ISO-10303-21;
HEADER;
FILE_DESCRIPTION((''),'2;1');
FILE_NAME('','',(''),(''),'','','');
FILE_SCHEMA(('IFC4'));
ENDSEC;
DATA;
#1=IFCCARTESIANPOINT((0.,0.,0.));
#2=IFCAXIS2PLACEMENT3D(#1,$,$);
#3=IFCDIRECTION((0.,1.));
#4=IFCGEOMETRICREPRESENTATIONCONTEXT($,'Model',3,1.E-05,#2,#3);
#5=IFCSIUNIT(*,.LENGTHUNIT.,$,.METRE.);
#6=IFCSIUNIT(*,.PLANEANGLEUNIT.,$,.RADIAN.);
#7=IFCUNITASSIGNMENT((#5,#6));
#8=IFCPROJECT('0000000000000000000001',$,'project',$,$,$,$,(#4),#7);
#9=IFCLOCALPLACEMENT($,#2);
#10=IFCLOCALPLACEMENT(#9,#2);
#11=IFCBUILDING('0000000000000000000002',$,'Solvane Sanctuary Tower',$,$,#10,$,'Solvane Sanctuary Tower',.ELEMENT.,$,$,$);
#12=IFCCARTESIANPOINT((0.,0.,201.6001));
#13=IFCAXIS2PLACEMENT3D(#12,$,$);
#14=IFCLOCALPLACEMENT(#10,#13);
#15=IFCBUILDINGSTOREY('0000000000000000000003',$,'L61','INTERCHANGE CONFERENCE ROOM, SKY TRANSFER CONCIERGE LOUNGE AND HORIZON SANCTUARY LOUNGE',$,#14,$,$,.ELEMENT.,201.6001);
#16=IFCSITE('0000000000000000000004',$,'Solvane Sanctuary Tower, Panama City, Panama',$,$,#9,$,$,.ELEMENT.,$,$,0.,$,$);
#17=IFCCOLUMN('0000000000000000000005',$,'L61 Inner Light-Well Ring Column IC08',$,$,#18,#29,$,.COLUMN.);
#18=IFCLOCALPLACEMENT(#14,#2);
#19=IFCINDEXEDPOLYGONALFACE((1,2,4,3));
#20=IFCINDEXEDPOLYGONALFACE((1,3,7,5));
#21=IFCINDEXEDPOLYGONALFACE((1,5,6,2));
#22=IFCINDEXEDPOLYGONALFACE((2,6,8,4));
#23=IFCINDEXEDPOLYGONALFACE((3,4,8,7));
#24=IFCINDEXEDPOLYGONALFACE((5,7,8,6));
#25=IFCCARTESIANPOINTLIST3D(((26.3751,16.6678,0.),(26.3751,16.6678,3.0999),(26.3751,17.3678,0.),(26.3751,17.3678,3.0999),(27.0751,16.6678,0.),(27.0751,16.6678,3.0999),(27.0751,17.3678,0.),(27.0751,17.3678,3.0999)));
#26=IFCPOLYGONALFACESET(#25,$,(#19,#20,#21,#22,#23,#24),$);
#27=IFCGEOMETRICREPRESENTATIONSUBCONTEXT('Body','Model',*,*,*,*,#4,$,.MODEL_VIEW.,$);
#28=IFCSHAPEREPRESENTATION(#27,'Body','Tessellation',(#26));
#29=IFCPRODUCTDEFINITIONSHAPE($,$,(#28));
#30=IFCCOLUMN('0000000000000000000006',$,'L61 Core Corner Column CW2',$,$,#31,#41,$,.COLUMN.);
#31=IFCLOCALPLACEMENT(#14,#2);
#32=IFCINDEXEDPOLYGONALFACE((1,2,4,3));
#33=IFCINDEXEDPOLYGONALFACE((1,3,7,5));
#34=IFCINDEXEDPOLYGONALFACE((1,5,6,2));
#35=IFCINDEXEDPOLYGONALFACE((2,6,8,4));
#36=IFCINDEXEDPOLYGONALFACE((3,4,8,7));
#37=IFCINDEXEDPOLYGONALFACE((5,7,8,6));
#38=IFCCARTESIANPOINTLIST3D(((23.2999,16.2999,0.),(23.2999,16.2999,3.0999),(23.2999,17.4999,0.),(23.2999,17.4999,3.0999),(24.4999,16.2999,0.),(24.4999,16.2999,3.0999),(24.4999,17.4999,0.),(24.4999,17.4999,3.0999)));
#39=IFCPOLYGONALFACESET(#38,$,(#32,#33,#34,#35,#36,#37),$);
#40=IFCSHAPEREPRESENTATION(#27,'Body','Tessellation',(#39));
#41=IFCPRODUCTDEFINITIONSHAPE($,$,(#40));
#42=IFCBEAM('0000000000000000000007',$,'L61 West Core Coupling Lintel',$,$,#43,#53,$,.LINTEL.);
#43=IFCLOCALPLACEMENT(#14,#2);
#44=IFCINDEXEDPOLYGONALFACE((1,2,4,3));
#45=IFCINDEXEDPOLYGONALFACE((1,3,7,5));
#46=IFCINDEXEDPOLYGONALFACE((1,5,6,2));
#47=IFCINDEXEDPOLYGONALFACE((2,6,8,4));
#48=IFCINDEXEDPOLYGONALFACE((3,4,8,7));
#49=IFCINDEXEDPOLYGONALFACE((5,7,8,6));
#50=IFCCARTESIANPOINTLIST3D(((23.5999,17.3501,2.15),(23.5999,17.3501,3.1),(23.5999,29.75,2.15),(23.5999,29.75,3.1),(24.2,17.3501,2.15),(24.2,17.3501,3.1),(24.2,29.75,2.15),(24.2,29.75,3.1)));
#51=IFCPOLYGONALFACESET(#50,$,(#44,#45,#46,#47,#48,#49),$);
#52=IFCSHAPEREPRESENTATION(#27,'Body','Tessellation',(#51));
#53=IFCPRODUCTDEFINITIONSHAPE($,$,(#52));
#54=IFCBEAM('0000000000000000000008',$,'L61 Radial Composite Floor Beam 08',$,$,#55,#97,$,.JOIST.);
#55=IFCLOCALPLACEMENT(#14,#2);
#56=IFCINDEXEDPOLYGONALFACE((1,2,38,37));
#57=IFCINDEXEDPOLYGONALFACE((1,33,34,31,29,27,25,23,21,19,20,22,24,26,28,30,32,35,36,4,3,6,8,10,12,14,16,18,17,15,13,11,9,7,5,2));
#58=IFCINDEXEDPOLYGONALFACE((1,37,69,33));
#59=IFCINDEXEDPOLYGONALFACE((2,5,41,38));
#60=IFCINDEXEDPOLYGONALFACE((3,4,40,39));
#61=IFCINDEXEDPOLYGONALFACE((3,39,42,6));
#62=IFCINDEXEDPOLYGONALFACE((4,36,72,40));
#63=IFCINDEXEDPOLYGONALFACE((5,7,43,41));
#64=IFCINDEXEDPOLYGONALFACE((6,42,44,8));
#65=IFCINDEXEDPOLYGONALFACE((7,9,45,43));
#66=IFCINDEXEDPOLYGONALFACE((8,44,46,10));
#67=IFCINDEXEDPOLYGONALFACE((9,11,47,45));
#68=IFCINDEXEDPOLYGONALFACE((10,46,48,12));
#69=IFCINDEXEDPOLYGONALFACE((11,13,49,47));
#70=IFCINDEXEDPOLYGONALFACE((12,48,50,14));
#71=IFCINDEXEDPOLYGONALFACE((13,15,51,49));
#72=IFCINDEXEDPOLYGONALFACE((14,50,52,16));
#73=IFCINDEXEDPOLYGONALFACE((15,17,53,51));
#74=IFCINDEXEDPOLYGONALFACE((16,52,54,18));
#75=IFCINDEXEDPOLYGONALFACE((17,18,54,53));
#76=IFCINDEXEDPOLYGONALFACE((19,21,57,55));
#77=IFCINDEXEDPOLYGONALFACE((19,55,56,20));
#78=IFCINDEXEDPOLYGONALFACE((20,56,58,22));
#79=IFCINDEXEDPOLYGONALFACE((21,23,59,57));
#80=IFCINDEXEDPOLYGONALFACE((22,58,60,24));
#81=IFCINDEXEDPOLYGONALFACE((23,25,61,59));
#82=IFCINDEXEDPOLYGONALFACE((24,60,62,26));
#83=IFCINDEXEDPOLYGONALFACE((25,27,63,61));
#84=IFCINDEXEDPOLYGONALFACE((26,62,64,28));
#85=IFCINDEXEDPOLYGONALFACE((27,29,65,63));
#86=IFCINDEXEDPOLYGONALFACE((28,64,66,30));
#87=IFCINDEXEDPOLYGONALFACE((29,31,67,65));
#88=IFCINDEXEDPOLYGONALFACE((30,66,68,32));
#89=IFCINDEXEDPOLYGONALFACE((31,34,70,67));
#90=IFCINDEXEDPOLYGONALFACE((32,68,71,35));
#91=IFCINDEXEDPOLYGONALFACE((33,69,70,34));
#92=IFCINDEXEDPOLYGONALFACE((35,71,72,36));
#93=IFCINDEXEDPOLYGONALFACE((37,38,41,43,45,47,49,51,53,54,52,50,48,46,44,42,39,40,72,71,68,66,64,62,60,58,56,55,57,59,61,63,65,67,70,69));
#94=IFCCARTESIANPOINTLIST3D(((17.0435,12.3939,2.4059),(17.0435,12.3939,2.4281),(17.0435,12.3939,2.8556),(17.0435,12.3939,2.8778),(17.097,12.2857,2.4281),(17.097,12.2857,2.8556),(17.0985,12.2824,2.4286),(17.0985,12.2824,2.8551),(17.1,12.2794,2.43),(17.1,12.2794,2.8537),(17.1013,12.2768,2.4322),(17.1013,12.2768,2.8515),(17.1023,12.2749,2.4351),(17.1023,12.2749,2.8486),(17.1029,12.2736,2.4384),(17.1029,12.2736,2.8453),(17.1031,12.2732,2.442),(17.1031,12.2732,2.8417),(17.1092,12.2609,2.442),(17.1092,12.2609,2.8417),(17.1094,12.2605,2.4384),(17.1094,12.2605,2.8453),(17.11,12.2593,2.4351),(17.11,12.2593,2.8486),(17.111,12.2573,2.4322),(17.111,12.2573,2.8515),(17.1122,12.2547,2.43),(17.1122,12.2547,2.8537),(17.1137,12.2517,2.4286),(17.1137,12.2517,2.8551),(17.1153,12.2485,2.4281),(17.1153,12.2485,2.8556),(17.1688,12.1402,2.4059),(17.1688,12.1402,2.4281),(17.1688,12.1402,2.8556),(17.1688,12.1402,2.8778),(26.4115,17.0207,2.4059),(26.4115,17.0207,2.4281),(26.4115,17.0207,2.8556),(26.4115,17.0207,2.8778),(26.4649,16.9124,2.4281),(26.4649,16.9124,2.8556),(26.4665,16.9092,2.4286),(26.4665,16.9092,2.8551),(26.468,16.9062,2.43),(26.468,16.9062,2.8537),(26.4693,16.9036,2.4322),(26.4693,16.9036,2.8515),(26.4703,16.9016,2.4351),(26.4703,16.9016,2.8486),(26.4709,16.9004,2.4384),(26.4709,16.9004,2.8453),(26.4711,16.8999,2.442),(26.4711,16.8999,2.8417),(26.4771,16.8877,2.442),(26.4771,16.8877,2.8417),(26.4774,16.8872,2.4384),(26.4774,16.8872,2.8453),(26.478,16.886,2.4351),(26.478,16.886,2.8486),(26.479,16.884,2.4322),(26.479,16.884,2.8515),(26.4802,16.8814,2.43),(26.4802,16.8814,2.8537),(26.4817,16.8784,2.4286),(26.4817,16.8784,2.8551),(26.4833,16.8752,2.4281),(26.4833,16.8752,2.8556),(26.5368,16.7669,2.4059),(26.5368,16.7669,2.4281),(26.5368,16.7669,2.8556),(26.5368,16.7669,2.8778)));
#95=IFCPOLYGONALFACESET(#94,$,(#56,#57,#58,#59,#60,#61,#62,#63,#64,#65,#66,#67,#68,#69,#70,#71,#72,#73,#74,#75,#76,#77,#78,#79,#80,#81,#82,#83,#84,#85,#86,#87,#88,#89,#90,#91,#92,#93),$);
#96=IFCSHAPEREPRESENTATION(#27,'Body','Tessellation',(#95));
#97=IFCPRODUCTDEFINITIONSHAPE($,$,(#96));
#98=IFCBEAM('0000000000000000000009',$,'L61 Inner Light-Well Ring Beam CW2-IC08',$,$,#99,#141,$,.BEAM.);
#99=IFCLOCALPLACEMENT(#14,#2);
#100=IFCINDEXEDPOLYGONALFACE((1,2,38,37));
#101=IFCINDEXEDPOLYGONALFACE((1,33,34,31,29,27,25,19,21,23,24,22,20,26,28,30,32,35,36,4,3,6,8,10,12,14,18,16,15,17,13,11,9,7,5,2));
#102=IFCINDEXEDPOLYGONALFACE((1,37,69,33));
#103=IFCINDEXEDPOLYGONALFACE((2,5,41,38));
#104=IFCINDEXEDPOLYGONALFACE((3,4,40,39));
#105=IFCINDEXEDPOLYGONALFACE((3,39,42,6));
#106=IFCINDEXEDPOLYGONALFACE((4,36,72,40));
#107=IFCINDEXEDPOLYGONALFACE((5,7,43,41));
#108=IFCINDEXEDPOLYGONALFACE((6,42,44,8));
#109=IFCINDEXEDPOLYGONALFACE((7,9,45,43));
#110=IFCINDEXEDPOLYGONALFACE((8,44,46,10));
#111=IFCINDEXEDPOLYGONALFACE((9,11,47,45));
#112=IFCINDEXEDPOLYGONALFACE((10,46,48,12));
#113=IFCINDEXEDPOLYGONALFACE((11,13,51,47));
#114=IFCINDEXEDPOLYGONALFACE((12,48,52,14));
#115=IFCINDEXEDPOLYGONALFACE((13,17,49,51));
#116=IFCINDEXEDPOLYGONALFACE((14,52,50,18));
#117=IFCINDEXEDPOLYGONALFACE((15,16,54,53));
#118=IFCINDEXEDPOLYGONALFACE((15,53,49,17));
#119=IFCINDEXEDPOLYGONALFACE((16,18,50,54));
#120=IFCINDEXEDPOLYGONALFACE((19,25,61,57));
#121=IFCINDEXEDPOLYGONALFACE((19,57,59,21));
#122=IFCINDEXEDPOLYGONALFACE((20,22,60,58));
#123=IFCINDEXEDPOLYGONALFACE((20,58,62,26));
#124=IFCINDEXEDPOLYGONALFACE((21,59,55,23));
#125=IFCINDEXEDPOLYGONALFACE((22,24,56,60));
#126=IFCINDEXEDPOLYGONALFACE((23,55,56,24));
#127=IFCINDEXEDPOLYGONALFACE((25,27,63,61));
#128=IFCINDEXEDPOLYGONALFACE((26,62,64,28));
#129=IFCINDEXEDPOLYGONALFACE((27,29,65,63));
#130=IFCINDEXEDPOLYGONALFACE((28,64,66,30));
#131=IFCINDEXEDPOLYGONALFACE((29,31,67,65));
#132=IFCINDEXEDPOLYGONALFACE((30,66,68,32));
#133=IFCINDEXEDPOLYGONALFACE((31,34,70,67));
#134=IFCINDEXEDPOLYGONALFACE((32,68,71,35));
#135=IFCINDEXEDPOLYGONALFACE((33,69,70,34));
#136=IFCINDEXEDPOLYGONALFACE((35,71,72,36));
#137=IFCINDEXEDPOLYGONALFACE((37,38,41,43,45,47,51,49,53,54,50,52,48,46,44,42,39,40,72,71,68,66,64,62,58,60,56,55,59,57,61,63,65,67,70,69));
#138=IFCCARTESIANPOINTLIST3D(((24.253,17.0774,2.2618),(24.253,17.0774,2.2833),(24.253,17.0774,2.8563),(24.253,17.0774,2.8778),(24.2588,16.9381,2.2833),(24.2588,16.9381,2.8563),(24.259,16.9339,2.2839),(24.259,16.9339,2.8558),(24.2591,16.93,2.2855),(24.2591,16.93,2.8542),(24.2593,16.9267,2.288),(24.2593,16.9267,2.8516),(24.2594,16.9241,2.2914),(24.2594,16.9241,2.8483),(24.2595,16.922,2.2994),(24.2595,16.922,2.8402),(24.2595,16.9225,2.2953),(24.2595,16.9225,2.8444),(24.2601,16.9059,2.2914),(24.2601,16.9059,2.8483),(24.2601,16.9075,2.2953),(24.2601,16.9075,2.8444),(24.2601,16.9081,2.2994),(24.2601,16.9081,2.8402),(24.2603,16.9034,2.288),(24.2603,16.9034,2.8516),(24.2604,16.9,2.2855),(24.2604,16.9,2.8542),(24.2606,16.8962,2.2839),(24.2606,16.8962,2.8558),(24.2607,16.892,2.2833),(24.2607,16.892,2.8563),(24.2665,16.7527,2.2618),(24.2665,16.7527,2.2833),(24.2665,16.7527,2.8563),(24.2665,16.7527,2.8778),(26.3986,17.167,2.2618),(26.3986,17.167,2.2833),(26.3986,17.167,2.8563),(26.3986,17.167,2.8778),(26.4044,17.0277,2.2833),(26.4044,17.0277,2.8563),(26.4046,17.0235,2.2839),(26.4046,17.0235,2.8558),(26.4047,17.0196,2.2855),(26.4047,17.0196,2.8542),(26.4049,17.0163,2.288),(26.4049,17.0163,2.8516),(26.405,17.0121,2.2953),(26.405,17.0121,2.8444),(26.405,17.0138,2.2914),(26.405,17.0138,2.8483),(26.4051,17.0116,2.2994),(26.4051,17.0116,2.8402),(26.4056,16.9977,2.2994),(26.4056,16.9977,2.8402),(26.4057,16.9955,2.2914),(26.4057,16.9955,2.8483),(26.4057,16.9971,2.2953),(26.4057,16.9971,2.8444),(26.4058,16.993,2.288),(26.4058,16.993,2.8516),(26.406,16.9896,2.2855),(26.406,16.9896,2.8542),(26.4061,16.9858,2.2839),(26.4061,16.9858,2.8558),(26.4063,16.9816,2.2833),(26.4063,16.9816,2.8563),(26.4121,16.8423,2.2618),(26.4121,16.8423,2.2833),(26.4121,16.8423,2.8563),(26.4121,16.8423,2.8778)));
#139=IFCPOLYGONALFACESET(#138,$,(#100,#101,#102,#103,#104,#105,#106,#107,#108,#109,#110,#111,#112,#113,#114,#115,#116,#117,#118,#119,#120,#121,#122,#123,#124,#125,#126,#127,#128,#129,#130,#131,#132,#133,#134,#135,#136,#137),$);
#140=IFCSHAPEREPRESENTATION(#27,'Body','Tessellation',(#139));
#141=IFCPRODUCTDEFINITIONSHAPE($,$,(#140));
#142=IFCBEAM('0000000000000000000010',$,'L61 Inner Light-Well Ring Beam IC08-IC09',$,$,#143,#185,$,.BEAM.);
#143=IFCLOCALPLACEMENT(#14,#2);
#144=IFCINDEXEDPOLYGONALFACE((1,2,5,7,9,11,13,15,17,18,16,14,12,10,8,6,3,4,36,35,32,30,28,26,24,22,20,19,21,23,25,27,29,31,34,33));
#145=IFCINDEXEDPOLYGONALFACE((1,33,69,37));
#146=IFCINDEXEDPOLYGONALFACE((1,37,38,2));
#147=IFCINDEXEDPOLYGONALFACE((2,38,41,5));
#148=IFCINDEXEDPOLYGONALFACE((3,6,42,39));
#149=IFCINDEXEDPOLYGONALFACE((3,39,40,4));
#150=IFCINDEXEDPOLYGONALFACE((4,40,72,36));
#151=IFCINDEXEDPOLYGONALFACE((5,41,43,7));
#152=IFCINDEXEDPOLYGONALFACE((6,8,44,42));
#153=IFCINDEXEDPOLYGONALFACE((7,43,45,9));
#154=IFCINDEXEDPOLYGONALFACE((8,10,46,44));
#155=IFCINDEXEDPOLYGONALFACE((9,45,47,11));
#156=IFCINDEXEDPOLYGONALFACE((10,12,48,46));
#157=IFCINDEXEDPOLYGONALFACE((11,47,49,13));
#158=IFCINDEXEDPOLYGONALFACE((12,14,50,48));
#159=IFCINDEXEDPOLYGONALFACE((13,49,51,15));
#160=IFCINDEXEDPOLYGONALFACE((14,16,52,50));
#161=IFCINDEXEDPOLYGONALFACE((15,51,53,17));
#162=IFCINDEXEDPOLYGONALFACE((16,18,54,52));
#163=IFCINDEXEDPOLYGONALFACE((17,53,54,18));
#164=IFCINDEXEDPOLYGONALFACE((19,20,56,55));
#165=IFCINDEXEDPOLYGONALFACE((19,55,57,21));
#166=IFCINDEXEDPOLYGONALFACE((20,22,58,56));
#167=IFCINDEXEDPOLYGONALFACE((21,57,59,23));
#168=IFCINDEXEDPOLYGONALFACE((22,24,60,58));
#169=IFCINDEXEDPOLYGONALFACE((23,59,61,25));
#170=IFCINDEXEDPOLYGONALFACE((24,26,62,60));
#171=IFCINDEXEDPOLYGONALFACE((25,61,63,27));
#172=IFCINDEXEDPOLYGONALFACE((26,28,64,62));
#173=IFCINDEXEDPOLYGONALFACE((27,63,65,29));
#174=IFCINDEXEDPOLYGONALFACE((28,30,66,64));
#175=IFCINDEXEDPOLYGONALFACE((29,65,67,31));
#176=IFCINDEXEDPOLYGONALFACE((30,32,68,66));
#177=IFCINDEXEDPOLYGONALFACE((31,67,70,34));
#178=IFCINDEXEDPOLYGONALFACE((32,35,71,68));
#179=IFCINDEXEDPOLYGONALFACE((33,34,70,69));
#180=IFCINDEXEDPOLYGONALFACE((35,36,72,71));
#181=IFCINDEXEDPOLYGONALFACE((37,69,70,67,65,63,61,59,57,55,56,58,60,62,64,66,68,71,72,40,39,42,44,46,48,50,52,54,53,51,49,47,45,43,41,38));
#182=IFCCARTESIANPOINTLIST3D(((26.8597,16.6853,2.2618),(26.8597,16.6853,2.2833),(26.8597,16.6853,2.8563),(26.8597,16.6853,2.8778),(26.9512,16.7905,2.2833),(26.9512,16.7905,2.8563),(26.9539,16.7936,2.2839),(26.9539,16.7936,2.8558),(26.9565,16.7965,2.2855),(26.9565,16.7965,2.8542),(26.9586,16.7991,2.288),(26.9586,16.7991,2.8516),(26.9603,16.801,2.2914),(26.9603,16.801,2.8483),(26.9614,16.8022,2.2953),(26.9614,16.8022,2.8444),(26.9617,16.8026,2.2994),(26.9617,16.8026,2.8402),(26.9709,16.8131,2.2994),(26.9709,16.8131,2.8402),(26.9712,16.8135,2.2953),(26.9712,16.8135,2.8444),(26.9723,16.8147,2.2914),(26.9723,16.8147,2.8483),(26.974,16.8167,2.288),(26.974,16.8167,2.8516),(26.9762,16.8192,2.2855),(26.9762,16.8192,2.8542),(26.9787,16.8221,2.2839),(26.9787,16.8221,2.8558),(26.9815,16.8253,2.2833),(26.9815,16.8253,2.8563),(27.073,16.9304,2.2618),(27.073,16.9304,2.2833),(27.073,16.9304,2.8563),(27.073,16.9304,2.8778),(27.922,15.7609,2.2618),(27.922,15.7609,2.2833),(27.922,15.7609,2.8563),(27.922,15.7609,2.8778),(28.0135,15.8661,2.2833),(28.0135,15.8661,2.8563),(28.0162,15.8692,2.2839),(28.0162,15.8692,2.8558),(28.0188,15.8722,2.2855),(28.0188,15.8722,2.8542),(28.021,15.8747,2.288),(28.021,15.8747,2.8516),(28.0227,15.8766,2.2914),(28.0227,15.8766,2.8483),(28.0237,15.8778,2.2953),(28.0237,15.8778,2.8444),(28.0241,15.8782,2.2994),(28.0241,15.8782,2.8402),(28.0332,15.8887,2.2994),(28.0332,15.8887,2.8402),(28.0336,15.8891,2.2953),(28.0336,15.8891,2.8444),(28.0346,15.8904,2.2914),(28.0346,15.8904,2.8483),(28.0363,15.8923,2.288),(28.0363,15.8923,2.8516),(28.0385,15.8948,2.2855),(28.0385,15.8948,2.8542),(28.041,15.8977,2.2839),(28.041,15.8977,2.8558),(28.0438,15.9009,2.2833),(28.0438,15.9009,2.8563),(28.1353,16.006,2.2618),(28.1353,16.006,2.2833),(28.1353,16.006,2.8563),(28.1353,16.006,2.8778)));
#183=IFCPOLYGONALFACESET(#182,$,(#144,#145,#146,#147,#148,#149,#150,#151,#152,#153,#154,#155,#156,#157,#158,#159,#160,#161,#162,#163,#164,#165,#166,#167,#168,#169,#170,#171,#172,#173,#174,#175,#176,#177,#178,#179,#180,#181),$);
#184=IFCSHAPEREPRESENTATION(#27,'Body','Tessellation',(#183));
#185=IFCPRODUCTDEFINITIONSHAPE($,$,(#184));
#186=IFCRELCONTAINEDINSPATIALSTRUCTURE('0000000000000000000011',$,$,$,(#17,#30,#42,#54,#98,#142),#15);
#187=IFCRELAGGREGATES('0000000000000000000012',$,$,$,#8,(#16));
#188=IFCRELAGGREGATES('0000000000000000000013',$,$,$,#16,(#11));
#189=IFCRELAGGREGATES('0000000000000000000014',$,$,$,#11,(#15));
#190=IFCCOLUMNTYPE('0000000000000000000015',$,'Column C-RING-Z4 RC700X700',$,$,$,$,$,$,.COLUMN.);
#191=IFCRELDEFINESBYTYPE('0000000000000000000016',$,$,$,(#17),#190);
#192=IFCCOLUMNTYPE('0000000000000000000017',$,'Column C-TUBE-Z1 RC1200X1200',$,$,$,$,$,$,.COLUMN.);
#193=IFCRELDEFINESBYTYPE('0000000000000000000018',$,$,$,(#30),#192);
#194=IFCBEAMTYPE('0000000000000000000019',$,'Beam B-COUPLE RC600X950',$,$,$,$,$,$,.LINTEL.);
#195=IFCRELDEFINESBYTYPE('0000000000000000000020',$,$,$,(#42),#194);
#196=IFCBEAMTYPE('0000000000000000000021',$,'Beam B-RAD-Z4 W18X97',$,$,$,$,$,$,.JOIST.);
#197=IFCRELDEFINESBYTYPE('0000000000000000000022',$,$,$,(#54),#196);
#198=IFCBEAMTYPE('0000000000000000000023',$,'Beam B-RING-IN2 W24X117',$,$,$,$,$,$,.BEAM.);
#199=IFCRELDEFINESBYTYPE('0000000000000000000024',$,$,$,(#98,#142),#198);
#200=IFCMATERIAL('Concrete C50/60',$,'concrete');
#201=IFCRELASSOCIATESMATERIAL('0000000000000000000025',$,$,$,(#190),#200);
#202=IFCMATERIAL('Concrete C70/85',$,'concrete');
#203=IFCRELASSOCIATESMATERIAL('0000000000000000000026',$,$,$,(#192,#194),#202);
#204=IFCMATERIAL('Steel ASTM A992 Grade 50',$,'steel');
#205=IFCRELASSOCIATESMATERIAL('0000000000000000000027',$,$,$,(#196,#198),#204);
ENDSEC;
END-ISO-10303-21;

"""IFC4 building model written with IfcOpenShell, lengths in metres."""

from ifc_helpers import new_model, si_unit, direction, frame, origin, origin_2d, place, context, subcontext, project, spatial, rectangle, i_section, extrude, material, material_profile, profile_set, type_object, element, save


model = new_model("IFC4")

# Units and contexts
model_context = context("Model", 3, precision=1e-05, world=origin(), true_north=direction((0.0, 1.0)))
body_context = subcontext(model_context, "Body", "Model", "MODEL_VIEW")
ifc_project = project(units=[si_unit("LENGTHUNIT", "METRE"), si_unit("PLANEANGLEUNIT", "RADIAN")], contexts=[model_context])

# Site, building, storey
site_placement = place(None, origin())
site = spatial("IfcSite", under=ifc_project, at=site_placement, Name="Solvane Sanctuary Tower, Panama City, Panama", CompositionType="ELEMENT", RefElevation=0.0)
building_placement = place(site_placement, origin())
building = spatial("IfcBuilding", under=site, at=building_placement, Name="Solvane Sanctuary Tower", LongName="Solvane Sanctuary Tower", CompositionType="ELEMENT")
storey_placement = place(building_placement, frame((0.0, 0.0, 201.6001)))
storey = spatial("IfcBuildingStorey", under=building, at=storey_placement, Name="L61", Description="INTERCHANGE CONFERENCE ROOM, SKY TRANSFER CONCIERGE LOUNGE AND HORIZON SANCTUARY LOUNGE", CompositionType="ELEMENT", Elevation=201.6001)

# Columns
ifc_material_1 = material(Name="Concrete C50/60", Category="concrete")
ifc_material_profile_1 = material_profile(ifc_material_1, rectangle(XDim=0.7, YDim=0.7, at=origin_2d()), Name="RC700X700")
ifc_profile_set_1 = profile_set([ifc_material_profile_1], Name="Concrete C50/60")
column_type_1 = type_object("IfcColumnType", Name="Column C-RING-Z4 RC700X700", PredefinedType="COLUMN", material=ifc_profile_set_1)
column_1_placement = place(storey_placement, frame((26.7251, 17.0178, 0.0), z_axis=(0.0, 0.0, 1.0), x_axis=(1.0, 0.0, 0.0)))
element("IfcColumn", 1, at=column_1_placement, inside=storey, type_object=column_type_1, Name="L61 Inner Light-Well Ring Column IC08", PredefinedType="COLUMN", context=body_context, shape_type="SweptSolid", body=[
    extrude(rectangle(XDim=0.7, YDim=0.7, at=origin_2d()), origin(), (0.0, 0.0, 1.0), 3.0999),
])
ifc_material_2 = material(Name="Concrete C70/85", Category="concrete")
ifc_material_profile_2 = material_profile(ifc_material_2, rectangle(XDim=1.2, YDim=1.2, at=origin_2d()), Name="RC1200X1200")
ifc_profile_set_2 = profile_set([ifc_material_profile_2], Name="Concrete C70/85")
column_type_2 = type_object("IfcColumnType", Name="Column C-TUBE-Z1 RC1200X1200", PredefinedType="COLUMN", material=ifc_profile_set_2)
column_2_placement = place(storey_placement, frame((23.8999, 16.8999, 0.0), z_axis=(0.0, 0.0, 1.0), x_axis=(1.0, 0.0, 0.0)))
element("IfcColumn", 2, at=column_2_placement, inside=storey, type_object=column_type_2, Name="L61 Core Corner Column CW2", PredefinedType="COLUMN", context=body_context, shape_type="SweptSolid", body=[
    extrude(rectangle(XDim=1.2, YDim=1.2, at=origin_2d()), origin(), (0.0, 0.0, 1.0), 3.0999),
])

# Beams
ifc_material_profile_3 = material_profile(ifc_material_2, rectangle(XDim=0.6001, YDim=0.95, at=origin_2d()), Name="RC600X950")
ifc_profile_set_3 = profile_set([ifc_material_profile_3], Name="Concrete C70/85")
beam_type_1 = type_object("IfcBeamType", Name="Beam B-COUPLE RC600X950", PredefinedType="LINTEL", material=ifc_profile_set_3)
beam_1_placement = place(storey_placement, frame((23.8999, 17.3501, 2.625), z_axis=(0.0, 1.0, 0.0), x_axis=(-1.0, 0.0, 0.0)))
element("IfcBeam", 3, at=beam_1_placement, inside=storey, type_object=beam_type_1, Name="L61 West Core Coupling Lintel", PredefinedType="LINTEL", context=body_context, shape_type="SweptSolid", body=[
    extrude(rectangle(XDim=0.6001, YDim=0.95, at=origin_2d()), origin(), (0.0, 0.0, 1.0), 12.3999),
])
ifc_material_3 = material(Name="Steel ASTM A992 Grade 50", Category="steel")
ifc_material_profile_4 = material_profile(ifc_material_3, i_section(OverallWidth=0.283, OverallDepth=0.4719, WebThickness=0.0137, FlangeThickness=0.0222, FilletRadius=0.0139, at=origin_2d()), Name="W18X97")
ifc_profile_set_4 = profile_set([ifc_material_profile_4], Name="Steel ASTM A992 Grade 50")
beam_type_2 = type_object("IfcBeamType", Name="Beam B-RAD-Z4 W18X97", PredefinedType="JOIST", material=ifc_profile_set_4)
beam_2_placement = place(storey_placement, frame((26.4741, 16.8938, 2.6418), z_axis=(-0.896608, -0.442825, 0.0), x_axis=(0.442825, -0.896608, 0.0)))
element("IfcBeam", 4, at=beam_2_placement, inside=storey, type_object=beam_type_2, Name="L61 Radial Composite Floor Beam 08", PredefinedType="JOIST", context=body_context, shape_type="SweptSolid", body=[
    extrude(i_section(OverallWidth=0.283, OverallDepth=0.4719, WebThickness=0.0137, FlangeThickness=0.0222, FilletRadius=0.0139, at=origin_2d()), origin(), (0.0, 0.0, 1.0), 10.4482),
])
ifc_material_profile_5 = material_profile(ifc_material_3, i_section(OverallWidth=0.325, OverallDepth=0.616, WebThickness=0.0139, FlangeThickness=0.0215, FilletRadius=0.0161, at=origin_2d()), Name="W24X117")
ifc_profile_set_5 = profile_set([ifc_material_profile_5], Name="Steel ASTM A992 Grade 50")
beam_type_3 = type_object("IfcBeamType", Name="Beam B-RING-IN2 W24X117", PredefinedType="BEAM", material=ifc_profile_set_5)
beam_3_placement = place(storey_placement, frame((24.2598, 16.915, 2.5698), z_axis=(0.999129, 0.041725, 0.0), x_axis=(-0.041725, 0.999129, 0.0)))
element("IfcBeam", 5, at=beam_3_placement, inside=storey, type_object=beam_type_3, Name="L61 Inner Light-Well Ring Beam CW2-IC08", PredefinedType="BEAM", context=body_context, shape_type="SweptSolid", body=[
    extrude(i_section(OverallWidth=0.325, OverallDepth=0.616, WebThickness=0.0139, FlangeThickness=0.0215, FilletRadius=0.0161, at=origin_2d()), origin(), (0.0, 0.0, 1.0), 2.1475),
])
beam_4_placement = place(storey_placement, frame((26.9663, 16.8079, 2.5698), z_axis=(0.754389, -0.656428, 0.0), x_axis=(0.656428, 0.754389, 0.0)))
element("IfcBeam", 6, at=beam_4_placement, inside=storey, type_object=beam_type_3, Name="L61 Inner Light-Well Ring Beam IC08-IC09", PredefinedType="BEAM", context=body_context, shape_type="SweptSolid", body=[
    extrude(i_section(OverallWidth=0.325, OverallDepth=0.616, WebThickness=0.0139, FlangeThickness=0.0215, FilletRadius=0.0161, at=origin_2d()), origin(), (0.0, 0.0, 1.0), 1.4082),
])

save(model, "model.ifc")
